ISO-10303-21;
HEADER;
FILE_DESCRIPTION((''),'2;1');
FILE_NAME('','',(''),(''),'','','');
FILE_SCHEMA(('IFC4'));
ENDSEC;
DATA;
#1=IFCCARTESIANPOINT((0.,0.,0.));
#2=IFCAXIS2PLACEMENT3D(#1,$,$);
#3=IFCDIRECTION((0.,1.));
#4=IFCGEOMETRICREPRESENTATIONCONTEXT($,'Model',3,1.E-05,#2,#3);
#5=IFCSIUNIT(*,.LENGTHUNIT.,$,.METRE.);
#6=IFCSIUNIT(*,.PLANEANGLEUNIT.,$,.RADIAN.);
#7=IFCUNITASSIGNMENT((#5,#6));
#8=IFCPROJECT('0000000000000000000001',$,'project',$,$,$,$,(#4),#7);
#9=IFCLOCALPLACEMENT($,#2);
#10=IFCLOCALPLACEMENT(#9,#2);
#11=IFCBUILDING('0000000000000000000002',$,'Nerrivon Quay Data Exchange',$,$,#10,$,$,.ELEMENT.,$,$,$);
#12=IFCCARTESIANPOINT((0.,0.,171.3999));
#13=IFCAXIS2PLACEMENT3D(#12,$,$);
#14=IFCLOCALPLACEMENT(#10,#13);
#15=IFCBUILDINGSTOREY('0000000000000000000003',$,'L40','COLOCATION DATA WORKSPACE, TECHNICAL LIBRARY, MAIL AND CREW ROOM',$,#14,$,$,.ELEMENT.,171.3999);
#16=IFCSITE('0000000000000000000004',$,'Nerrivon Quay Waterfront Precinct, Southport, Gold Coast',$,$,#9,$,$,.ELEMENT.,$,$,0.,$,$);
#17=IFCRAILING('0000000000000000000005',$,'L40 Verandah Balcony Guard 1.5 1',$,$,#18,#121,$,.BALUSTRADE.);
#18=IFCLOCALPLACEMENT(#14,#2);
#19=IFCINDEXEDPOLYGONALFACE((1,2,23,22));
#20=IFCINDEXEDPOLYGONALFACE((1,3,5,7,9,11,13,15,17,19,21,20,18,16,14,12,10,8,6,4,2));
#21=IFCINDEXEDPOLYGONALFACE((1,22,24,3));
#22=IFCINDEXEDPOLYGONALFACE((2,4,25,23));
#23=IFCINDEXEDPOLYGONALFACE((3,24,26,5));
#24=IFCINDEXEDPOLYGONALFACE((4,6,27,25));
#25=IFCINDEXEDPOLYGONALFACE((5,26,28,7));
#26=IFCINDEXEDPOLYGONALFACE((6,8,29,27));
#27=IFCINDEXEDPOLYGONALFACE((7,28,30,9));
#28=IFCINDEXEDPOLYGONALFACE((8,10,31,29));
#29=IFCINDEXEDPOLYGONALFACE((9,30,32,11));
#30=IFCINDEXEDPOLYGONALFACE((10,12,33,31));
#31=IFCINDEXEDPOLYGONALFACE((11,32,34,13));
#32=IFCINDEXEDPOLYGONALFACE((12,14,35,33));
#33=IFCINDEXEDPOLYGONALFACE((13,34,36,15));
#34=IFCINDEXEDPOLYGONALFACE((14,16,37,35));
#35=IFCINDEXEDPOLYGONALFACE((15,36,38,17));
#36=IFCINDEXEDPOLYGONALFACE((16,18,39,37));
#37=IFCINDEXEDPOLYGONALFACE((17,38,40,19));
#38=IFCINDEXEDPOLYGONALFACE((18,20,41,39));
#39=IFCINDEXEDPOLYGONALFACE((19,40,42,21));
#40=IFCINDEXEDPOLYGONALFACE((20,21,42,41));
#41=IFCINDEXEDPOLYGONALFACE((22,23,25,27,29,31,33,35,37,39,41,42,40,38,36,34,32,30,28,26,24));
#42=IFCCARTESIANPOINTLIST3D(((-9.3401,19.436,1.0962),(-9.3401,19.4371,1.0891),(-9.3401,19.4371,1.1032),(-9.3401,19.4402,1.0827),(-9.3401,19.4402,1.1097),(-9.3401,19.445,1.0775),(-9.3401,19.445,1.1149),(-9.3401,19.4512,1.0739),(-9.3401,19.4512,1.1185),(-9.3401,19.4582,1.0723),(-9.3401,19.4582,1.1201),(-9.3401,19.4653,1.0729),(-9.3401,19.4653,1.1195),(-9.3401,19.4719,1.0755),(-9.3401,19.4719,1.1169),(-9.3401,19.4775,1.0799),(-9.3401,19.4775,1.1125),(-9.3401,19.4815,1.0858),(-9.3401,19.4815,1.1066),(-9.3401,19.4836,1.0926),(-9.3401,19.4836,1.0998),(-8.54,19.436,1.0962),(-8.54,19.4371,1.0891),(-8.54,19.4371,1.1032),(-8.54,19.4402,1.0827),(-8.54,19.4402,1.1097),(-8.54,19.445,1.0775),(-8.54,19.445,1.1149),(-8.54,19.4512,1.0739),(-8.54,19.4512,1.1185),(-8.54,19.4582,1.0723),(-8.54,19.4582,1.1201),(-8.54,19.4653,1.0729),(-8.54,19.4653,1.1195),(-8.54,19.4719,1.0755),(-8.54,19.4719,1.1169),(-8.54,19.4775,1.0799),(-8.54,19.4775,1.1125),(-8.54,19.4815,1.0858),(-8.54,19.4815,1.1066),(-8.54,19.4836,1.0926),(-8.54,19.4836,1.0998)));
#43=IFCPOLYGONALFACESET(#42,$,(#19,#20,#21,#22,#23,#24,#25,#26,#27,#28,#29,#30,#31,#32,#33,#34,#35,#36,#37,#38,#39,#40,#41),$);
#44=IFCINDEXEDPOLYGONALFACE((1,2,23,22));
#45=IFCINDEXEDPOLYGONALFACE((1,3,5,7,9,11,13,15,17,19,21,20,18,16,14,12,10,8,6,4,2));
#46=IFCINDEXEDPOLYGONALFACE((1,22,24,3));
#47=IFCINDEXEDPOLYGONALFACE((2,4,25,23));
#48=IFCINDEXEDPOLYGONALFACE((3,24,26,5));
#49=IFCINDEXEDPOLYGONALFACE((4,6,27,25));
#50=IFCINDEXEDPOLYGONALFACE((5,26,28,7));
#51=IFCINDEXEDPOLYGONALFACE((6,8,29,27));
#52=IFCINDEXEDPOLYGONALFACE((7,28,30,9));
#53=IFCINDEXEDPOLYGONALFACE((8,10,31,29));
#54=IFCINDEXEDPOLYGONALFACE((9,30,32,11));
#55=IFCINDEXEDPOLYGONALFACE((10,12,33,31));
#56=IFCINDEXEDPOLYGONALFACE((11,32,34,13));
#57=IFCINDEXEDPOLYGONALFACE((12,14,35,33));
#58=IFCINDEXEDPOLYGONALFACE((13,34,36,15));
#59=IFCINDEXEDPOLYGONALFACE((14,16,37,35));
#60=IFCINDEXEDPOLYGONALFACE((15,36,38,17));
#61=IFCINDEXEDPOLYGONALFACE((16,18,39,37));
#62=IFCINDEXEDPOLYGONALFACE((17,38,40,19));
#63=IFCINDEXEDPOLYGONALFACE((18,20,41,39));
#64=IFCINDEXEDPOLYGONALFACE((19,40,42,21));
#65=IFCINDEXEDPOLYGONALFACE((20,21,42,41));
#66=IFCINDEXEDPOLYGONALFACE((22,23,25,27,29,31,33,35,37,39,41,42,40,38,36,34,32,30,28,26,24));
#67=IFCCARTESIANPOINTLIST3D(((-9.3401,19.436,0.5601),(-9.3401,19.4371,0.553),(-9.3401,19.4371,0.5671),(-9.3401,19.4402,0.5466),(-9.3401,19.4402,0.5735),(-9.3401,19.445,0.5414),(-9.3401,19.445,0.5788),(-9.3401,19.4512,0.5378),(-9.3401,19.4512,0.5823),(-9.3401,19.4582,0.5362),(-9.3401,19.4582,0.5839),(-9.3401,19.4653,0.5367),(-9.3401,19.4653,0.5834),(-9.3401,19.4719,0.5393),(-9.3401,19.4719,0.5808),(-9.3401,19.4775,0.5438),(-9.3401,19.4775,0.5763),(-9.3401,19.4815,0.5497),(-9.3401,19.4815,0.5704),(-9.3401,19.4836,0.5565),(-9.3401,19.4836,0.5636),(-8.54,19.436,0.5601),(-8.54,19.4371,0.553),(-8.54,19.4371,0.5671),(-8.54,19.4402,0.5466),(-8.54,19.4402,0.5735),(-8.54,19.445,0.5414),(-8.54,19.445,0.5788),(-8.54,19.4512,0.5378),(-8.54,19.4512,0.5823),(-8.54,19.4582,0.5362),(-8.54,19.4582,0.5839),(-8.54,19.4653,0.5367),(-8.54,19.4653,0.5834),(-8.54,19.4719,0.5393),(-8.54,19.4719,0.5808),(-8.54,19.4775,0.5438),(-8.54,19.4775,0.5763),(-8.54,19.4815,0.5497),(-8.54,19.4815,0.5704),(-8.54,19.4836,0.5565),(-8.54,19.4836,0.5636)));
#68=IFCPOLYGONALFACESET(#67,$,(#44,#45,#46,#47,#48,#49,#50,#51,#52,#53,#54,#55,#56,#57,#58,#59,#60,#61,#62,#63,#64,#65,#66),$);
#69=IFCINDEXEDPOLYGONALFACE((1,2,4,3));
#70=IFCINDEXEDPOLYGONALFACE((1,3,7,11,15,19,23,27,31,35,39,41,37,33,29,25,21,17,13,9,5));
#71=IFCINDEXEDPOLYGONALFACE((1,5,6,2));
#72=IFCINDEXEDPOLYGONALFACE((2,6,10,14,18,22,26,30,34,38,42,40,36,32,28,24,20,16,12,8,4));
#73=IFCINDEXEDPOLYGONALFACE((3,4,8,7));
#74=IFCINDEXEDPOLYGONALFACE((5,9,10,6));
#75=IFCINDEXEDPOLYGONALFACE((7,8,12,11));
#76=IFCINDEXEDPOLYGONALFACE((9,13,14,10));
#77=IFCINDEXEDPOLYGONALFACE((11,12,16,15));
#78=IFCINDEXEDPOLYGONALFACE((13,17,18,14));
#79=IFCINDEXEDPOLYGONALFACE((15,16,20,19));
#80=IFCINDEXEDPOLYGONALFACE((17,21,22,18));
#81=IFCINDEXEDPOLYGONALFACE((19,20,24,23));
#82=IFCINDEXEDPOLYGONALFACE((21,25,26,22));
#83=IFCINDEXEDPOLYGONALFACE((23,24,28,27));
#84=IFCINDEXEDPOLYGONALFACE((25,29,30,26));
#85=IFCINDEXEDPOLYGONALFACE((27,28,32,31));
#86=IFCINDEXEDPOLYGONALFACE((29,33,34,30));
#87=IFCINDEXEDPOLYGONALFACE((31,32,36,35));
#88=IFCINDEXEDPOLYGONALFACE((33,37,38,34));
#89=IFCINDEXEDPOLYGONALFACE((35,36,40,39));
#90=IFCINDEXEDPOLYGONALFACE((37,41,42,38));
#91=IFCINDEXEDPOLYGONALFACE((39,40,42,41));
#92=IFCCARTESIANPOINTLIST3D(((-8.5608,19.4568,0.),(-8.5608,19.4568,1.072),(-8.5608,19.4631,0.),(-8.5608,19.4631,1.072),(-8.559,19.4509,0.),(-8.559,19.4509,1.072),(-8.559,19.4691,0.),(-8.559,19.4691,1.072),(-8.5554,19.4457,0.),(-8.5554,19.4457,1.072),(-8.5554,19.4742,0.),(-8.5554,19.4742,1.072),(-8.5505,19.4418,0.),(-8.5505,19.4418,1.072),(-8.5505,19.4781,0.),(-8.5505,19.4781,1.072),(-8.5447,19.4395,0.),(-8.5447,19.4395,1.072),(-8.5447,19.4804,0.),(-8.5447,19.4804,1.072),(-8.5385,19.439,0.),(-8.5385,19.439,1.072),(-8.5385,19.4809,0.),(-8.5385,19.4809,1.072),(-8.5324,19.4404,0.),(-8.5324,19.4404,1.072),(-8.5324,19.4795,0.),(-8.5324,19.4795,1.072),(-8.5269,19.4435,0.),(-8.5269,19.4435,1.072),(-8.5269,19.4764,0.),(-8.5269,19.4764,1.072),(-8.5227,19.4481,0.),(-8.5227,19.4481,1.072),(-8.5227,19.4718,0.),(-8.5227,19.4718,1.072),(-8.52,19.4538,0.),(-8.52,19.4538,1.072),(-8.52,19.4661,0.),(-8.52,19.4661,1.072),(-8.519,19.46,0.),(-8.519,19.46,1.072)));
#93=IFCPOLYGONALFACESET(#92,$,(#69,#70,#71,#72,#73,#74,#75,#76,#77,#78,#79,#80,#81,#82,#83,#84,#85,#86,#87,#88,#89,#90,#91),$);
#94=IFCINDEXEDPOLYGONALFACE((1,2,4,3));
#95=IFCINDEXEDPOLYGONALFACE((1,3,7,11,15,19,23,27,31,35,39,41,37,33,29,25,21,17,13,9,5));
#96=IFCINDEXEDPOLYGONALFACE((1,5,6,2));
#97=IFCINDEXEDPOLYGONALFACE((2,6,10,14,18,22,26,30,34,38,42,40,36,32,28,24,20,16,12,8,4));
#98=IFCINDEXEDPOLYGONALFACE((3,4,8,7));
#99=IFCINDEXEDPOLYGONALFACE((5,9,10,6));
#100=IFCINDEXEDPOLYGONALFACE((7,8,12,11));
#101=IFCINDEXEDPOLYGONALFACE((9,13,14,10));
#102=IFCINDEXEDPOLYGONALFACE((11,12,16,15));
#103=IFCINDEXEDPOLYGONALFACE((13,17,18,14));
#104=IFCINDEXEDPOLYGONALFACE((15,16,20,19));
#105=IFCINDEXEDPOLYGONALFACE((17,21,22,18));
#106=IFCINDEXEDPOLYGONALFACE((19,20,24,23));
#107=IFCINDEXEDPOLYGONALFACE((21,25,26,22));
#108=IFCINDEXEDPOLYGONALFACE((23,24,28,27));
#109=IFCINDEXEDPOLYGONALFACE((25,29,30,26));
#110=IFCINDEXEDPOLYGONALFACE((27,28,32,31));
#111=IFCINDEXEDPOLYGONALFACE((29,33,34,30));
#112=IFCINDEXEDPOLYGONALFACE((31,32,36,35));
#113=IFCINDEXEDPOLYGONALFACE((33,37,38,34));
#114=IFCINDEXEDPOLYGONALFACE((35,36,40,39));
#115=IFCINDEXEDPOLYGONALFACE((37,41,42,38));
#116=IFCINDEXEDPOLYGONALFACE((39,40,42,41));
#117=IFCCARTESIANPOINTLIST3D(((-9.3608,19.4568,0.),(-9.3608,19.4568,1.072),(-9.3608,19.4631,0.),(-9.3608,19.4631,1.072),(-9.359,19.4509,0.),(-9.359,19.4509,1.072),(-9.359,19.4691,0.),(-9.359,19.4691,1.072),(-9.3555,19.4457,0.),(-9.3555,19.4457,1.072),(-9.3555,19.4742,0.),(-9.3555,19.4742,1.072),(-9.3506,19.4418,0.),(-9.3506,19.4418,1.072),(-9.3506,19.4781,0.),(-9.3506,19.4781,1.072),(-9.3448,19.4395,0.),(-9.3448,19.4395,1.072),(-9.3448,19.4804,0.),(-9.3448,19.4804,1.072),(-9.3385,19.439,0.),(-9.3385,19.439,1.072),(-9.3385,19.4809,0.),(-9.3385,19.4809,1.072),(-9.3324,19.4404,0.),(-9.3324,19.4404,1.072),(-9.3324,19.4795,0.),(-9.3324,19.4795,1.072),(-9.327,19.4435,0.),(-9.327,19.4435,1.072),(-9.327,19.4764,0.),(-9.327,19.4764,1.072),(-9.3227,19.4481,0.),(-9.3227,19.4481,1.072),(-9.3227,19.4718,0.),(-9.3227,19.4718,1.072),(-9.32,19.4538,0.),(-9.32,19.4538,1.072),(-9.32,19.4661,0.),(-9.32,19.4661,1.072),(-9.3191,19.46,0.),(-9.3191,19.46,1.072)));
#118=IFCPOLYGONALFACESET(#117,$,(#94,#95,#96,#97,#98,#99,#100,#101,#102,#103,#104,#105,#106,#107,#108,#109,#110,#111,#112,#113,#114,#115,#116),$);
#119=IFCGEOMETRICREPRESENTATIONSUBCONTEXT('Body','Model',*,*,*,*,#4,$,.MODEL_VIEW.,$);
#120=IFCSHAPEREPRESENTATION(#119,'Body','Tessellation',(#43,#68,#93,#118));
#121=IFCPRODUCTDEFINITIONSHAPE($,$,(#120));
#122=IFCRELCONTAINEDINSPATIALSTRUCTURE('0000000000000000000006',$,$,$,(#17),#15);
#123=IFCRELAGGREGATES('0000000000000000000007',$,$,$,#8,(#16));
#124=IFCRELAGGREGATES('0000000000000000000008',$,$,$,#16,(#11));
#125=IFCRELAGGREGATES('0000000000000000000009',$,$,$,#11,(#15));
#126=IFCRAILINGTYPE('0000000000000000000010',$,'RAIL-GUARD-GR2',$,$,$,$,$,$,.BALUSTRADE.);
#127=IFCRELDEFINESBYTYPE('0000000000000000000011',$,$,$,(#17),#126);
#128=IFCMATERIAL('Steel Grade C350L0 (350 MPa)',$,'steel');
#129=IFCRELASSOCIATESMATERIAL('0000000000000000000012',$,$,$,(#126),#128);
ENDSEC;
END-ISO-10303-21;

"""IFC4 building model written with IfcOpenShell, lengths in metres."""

from ifc_helpers import new_model, si_unit, direction, frame, origin, origin_2d, place, context, subcontext, project, spatial, circle, extrude, material, type_object, element, save


model = new_model("IFC4")

# Units and contexts
model_context = context("Model", 3, precision=1e-05, world=origin(), true_north=direction((0.0, 1.0)))
body_context = subcontext(model_context, "Body", "Model", "MODEL_VIEW")
ifc_project = project(units=[si_unit("LENGTHUNIT", "METRE"), si_unit("PLANEANGLEUNIT", "RADIAN")], contexts=[model_context])

# Site, building, storey
site_placement = place(None, origin())
site = spatial("IfcSite", under=ifc_project, at=site_placement, Name="Nerrivon Quay Waterfront Precinct, Southport, Gold Coast", CompositionType="ELEMENT", RefElevation=0.0)
building_placement = place(site_placement, origin())
building = spatial("IfcBuilding", under=site, at=building_placement, Name="Nerrivon Quay Data Exchange", CompositionType="ELEMENT")
storey_placement = place(building_placement, frame((0.0, 0.0, 171.3999)))
storey = spatial("IfcBuildingStorey", under=building, at=storey_placement, Name="L40", Description="COLOCATION DATA WORKSPACE, TECHNICAL LIBRARY, MAIL AND CREW ROOM", CompositionType="ELEMENT", Elevation=171.3999)

# Shared definitions
ifc_material_1 = material(Name="Steel Grade C350L0 (350 MPa)", Category="steel")

# Railing
railing_type = type_object("IfcRailingType", Name="RAIL-GUARD-GR2", PredefinedType="BALUSTRADE", material=ifc_material_1)
railing_1_placement = place(storey_placement, frame((-8.54, 19.46, 0.0)))
element("IfcRailing", 1, at=railing_1_placement, inside=storey, type_object=railing_type, Name="L40 Verandah Balcony Guard 1.5 1", PredefinedType="BALUSTRADE", context=body_context, shape_type="SweptSolid", body=[
    extrude(circle(Radius=0.0239, at=origin_2d()), frame((0.0, 0.0, 1.0962), z_axis=(-1.0, 0.0, 0.0), x_axis=(0.0, -1.0, 0.0)), (0.0, 0.0, 1.0), 0.8),
    extrude(circle(Radius=0.0239, at=origin_2d()), frame((0.0, 0.0, 0.5601), z_axis=(-1.0, 0.0, 0.0), x_axis=(0.0, -1.0, 0.0)), (0.0, 0.0, 1.0), 0.8),
    extrude(circle(Radius=0.021, at=origin_2d()), origin(), (0.0, 0.0, 1.0), 1.072),
    extrude(circle(Radius=0.021, at=origin_2d()), frame((-0.8, 0.0, 0.0)), (0.0, 0.0, 1.0), 1.072),
])

save(model, "model.ifc")
